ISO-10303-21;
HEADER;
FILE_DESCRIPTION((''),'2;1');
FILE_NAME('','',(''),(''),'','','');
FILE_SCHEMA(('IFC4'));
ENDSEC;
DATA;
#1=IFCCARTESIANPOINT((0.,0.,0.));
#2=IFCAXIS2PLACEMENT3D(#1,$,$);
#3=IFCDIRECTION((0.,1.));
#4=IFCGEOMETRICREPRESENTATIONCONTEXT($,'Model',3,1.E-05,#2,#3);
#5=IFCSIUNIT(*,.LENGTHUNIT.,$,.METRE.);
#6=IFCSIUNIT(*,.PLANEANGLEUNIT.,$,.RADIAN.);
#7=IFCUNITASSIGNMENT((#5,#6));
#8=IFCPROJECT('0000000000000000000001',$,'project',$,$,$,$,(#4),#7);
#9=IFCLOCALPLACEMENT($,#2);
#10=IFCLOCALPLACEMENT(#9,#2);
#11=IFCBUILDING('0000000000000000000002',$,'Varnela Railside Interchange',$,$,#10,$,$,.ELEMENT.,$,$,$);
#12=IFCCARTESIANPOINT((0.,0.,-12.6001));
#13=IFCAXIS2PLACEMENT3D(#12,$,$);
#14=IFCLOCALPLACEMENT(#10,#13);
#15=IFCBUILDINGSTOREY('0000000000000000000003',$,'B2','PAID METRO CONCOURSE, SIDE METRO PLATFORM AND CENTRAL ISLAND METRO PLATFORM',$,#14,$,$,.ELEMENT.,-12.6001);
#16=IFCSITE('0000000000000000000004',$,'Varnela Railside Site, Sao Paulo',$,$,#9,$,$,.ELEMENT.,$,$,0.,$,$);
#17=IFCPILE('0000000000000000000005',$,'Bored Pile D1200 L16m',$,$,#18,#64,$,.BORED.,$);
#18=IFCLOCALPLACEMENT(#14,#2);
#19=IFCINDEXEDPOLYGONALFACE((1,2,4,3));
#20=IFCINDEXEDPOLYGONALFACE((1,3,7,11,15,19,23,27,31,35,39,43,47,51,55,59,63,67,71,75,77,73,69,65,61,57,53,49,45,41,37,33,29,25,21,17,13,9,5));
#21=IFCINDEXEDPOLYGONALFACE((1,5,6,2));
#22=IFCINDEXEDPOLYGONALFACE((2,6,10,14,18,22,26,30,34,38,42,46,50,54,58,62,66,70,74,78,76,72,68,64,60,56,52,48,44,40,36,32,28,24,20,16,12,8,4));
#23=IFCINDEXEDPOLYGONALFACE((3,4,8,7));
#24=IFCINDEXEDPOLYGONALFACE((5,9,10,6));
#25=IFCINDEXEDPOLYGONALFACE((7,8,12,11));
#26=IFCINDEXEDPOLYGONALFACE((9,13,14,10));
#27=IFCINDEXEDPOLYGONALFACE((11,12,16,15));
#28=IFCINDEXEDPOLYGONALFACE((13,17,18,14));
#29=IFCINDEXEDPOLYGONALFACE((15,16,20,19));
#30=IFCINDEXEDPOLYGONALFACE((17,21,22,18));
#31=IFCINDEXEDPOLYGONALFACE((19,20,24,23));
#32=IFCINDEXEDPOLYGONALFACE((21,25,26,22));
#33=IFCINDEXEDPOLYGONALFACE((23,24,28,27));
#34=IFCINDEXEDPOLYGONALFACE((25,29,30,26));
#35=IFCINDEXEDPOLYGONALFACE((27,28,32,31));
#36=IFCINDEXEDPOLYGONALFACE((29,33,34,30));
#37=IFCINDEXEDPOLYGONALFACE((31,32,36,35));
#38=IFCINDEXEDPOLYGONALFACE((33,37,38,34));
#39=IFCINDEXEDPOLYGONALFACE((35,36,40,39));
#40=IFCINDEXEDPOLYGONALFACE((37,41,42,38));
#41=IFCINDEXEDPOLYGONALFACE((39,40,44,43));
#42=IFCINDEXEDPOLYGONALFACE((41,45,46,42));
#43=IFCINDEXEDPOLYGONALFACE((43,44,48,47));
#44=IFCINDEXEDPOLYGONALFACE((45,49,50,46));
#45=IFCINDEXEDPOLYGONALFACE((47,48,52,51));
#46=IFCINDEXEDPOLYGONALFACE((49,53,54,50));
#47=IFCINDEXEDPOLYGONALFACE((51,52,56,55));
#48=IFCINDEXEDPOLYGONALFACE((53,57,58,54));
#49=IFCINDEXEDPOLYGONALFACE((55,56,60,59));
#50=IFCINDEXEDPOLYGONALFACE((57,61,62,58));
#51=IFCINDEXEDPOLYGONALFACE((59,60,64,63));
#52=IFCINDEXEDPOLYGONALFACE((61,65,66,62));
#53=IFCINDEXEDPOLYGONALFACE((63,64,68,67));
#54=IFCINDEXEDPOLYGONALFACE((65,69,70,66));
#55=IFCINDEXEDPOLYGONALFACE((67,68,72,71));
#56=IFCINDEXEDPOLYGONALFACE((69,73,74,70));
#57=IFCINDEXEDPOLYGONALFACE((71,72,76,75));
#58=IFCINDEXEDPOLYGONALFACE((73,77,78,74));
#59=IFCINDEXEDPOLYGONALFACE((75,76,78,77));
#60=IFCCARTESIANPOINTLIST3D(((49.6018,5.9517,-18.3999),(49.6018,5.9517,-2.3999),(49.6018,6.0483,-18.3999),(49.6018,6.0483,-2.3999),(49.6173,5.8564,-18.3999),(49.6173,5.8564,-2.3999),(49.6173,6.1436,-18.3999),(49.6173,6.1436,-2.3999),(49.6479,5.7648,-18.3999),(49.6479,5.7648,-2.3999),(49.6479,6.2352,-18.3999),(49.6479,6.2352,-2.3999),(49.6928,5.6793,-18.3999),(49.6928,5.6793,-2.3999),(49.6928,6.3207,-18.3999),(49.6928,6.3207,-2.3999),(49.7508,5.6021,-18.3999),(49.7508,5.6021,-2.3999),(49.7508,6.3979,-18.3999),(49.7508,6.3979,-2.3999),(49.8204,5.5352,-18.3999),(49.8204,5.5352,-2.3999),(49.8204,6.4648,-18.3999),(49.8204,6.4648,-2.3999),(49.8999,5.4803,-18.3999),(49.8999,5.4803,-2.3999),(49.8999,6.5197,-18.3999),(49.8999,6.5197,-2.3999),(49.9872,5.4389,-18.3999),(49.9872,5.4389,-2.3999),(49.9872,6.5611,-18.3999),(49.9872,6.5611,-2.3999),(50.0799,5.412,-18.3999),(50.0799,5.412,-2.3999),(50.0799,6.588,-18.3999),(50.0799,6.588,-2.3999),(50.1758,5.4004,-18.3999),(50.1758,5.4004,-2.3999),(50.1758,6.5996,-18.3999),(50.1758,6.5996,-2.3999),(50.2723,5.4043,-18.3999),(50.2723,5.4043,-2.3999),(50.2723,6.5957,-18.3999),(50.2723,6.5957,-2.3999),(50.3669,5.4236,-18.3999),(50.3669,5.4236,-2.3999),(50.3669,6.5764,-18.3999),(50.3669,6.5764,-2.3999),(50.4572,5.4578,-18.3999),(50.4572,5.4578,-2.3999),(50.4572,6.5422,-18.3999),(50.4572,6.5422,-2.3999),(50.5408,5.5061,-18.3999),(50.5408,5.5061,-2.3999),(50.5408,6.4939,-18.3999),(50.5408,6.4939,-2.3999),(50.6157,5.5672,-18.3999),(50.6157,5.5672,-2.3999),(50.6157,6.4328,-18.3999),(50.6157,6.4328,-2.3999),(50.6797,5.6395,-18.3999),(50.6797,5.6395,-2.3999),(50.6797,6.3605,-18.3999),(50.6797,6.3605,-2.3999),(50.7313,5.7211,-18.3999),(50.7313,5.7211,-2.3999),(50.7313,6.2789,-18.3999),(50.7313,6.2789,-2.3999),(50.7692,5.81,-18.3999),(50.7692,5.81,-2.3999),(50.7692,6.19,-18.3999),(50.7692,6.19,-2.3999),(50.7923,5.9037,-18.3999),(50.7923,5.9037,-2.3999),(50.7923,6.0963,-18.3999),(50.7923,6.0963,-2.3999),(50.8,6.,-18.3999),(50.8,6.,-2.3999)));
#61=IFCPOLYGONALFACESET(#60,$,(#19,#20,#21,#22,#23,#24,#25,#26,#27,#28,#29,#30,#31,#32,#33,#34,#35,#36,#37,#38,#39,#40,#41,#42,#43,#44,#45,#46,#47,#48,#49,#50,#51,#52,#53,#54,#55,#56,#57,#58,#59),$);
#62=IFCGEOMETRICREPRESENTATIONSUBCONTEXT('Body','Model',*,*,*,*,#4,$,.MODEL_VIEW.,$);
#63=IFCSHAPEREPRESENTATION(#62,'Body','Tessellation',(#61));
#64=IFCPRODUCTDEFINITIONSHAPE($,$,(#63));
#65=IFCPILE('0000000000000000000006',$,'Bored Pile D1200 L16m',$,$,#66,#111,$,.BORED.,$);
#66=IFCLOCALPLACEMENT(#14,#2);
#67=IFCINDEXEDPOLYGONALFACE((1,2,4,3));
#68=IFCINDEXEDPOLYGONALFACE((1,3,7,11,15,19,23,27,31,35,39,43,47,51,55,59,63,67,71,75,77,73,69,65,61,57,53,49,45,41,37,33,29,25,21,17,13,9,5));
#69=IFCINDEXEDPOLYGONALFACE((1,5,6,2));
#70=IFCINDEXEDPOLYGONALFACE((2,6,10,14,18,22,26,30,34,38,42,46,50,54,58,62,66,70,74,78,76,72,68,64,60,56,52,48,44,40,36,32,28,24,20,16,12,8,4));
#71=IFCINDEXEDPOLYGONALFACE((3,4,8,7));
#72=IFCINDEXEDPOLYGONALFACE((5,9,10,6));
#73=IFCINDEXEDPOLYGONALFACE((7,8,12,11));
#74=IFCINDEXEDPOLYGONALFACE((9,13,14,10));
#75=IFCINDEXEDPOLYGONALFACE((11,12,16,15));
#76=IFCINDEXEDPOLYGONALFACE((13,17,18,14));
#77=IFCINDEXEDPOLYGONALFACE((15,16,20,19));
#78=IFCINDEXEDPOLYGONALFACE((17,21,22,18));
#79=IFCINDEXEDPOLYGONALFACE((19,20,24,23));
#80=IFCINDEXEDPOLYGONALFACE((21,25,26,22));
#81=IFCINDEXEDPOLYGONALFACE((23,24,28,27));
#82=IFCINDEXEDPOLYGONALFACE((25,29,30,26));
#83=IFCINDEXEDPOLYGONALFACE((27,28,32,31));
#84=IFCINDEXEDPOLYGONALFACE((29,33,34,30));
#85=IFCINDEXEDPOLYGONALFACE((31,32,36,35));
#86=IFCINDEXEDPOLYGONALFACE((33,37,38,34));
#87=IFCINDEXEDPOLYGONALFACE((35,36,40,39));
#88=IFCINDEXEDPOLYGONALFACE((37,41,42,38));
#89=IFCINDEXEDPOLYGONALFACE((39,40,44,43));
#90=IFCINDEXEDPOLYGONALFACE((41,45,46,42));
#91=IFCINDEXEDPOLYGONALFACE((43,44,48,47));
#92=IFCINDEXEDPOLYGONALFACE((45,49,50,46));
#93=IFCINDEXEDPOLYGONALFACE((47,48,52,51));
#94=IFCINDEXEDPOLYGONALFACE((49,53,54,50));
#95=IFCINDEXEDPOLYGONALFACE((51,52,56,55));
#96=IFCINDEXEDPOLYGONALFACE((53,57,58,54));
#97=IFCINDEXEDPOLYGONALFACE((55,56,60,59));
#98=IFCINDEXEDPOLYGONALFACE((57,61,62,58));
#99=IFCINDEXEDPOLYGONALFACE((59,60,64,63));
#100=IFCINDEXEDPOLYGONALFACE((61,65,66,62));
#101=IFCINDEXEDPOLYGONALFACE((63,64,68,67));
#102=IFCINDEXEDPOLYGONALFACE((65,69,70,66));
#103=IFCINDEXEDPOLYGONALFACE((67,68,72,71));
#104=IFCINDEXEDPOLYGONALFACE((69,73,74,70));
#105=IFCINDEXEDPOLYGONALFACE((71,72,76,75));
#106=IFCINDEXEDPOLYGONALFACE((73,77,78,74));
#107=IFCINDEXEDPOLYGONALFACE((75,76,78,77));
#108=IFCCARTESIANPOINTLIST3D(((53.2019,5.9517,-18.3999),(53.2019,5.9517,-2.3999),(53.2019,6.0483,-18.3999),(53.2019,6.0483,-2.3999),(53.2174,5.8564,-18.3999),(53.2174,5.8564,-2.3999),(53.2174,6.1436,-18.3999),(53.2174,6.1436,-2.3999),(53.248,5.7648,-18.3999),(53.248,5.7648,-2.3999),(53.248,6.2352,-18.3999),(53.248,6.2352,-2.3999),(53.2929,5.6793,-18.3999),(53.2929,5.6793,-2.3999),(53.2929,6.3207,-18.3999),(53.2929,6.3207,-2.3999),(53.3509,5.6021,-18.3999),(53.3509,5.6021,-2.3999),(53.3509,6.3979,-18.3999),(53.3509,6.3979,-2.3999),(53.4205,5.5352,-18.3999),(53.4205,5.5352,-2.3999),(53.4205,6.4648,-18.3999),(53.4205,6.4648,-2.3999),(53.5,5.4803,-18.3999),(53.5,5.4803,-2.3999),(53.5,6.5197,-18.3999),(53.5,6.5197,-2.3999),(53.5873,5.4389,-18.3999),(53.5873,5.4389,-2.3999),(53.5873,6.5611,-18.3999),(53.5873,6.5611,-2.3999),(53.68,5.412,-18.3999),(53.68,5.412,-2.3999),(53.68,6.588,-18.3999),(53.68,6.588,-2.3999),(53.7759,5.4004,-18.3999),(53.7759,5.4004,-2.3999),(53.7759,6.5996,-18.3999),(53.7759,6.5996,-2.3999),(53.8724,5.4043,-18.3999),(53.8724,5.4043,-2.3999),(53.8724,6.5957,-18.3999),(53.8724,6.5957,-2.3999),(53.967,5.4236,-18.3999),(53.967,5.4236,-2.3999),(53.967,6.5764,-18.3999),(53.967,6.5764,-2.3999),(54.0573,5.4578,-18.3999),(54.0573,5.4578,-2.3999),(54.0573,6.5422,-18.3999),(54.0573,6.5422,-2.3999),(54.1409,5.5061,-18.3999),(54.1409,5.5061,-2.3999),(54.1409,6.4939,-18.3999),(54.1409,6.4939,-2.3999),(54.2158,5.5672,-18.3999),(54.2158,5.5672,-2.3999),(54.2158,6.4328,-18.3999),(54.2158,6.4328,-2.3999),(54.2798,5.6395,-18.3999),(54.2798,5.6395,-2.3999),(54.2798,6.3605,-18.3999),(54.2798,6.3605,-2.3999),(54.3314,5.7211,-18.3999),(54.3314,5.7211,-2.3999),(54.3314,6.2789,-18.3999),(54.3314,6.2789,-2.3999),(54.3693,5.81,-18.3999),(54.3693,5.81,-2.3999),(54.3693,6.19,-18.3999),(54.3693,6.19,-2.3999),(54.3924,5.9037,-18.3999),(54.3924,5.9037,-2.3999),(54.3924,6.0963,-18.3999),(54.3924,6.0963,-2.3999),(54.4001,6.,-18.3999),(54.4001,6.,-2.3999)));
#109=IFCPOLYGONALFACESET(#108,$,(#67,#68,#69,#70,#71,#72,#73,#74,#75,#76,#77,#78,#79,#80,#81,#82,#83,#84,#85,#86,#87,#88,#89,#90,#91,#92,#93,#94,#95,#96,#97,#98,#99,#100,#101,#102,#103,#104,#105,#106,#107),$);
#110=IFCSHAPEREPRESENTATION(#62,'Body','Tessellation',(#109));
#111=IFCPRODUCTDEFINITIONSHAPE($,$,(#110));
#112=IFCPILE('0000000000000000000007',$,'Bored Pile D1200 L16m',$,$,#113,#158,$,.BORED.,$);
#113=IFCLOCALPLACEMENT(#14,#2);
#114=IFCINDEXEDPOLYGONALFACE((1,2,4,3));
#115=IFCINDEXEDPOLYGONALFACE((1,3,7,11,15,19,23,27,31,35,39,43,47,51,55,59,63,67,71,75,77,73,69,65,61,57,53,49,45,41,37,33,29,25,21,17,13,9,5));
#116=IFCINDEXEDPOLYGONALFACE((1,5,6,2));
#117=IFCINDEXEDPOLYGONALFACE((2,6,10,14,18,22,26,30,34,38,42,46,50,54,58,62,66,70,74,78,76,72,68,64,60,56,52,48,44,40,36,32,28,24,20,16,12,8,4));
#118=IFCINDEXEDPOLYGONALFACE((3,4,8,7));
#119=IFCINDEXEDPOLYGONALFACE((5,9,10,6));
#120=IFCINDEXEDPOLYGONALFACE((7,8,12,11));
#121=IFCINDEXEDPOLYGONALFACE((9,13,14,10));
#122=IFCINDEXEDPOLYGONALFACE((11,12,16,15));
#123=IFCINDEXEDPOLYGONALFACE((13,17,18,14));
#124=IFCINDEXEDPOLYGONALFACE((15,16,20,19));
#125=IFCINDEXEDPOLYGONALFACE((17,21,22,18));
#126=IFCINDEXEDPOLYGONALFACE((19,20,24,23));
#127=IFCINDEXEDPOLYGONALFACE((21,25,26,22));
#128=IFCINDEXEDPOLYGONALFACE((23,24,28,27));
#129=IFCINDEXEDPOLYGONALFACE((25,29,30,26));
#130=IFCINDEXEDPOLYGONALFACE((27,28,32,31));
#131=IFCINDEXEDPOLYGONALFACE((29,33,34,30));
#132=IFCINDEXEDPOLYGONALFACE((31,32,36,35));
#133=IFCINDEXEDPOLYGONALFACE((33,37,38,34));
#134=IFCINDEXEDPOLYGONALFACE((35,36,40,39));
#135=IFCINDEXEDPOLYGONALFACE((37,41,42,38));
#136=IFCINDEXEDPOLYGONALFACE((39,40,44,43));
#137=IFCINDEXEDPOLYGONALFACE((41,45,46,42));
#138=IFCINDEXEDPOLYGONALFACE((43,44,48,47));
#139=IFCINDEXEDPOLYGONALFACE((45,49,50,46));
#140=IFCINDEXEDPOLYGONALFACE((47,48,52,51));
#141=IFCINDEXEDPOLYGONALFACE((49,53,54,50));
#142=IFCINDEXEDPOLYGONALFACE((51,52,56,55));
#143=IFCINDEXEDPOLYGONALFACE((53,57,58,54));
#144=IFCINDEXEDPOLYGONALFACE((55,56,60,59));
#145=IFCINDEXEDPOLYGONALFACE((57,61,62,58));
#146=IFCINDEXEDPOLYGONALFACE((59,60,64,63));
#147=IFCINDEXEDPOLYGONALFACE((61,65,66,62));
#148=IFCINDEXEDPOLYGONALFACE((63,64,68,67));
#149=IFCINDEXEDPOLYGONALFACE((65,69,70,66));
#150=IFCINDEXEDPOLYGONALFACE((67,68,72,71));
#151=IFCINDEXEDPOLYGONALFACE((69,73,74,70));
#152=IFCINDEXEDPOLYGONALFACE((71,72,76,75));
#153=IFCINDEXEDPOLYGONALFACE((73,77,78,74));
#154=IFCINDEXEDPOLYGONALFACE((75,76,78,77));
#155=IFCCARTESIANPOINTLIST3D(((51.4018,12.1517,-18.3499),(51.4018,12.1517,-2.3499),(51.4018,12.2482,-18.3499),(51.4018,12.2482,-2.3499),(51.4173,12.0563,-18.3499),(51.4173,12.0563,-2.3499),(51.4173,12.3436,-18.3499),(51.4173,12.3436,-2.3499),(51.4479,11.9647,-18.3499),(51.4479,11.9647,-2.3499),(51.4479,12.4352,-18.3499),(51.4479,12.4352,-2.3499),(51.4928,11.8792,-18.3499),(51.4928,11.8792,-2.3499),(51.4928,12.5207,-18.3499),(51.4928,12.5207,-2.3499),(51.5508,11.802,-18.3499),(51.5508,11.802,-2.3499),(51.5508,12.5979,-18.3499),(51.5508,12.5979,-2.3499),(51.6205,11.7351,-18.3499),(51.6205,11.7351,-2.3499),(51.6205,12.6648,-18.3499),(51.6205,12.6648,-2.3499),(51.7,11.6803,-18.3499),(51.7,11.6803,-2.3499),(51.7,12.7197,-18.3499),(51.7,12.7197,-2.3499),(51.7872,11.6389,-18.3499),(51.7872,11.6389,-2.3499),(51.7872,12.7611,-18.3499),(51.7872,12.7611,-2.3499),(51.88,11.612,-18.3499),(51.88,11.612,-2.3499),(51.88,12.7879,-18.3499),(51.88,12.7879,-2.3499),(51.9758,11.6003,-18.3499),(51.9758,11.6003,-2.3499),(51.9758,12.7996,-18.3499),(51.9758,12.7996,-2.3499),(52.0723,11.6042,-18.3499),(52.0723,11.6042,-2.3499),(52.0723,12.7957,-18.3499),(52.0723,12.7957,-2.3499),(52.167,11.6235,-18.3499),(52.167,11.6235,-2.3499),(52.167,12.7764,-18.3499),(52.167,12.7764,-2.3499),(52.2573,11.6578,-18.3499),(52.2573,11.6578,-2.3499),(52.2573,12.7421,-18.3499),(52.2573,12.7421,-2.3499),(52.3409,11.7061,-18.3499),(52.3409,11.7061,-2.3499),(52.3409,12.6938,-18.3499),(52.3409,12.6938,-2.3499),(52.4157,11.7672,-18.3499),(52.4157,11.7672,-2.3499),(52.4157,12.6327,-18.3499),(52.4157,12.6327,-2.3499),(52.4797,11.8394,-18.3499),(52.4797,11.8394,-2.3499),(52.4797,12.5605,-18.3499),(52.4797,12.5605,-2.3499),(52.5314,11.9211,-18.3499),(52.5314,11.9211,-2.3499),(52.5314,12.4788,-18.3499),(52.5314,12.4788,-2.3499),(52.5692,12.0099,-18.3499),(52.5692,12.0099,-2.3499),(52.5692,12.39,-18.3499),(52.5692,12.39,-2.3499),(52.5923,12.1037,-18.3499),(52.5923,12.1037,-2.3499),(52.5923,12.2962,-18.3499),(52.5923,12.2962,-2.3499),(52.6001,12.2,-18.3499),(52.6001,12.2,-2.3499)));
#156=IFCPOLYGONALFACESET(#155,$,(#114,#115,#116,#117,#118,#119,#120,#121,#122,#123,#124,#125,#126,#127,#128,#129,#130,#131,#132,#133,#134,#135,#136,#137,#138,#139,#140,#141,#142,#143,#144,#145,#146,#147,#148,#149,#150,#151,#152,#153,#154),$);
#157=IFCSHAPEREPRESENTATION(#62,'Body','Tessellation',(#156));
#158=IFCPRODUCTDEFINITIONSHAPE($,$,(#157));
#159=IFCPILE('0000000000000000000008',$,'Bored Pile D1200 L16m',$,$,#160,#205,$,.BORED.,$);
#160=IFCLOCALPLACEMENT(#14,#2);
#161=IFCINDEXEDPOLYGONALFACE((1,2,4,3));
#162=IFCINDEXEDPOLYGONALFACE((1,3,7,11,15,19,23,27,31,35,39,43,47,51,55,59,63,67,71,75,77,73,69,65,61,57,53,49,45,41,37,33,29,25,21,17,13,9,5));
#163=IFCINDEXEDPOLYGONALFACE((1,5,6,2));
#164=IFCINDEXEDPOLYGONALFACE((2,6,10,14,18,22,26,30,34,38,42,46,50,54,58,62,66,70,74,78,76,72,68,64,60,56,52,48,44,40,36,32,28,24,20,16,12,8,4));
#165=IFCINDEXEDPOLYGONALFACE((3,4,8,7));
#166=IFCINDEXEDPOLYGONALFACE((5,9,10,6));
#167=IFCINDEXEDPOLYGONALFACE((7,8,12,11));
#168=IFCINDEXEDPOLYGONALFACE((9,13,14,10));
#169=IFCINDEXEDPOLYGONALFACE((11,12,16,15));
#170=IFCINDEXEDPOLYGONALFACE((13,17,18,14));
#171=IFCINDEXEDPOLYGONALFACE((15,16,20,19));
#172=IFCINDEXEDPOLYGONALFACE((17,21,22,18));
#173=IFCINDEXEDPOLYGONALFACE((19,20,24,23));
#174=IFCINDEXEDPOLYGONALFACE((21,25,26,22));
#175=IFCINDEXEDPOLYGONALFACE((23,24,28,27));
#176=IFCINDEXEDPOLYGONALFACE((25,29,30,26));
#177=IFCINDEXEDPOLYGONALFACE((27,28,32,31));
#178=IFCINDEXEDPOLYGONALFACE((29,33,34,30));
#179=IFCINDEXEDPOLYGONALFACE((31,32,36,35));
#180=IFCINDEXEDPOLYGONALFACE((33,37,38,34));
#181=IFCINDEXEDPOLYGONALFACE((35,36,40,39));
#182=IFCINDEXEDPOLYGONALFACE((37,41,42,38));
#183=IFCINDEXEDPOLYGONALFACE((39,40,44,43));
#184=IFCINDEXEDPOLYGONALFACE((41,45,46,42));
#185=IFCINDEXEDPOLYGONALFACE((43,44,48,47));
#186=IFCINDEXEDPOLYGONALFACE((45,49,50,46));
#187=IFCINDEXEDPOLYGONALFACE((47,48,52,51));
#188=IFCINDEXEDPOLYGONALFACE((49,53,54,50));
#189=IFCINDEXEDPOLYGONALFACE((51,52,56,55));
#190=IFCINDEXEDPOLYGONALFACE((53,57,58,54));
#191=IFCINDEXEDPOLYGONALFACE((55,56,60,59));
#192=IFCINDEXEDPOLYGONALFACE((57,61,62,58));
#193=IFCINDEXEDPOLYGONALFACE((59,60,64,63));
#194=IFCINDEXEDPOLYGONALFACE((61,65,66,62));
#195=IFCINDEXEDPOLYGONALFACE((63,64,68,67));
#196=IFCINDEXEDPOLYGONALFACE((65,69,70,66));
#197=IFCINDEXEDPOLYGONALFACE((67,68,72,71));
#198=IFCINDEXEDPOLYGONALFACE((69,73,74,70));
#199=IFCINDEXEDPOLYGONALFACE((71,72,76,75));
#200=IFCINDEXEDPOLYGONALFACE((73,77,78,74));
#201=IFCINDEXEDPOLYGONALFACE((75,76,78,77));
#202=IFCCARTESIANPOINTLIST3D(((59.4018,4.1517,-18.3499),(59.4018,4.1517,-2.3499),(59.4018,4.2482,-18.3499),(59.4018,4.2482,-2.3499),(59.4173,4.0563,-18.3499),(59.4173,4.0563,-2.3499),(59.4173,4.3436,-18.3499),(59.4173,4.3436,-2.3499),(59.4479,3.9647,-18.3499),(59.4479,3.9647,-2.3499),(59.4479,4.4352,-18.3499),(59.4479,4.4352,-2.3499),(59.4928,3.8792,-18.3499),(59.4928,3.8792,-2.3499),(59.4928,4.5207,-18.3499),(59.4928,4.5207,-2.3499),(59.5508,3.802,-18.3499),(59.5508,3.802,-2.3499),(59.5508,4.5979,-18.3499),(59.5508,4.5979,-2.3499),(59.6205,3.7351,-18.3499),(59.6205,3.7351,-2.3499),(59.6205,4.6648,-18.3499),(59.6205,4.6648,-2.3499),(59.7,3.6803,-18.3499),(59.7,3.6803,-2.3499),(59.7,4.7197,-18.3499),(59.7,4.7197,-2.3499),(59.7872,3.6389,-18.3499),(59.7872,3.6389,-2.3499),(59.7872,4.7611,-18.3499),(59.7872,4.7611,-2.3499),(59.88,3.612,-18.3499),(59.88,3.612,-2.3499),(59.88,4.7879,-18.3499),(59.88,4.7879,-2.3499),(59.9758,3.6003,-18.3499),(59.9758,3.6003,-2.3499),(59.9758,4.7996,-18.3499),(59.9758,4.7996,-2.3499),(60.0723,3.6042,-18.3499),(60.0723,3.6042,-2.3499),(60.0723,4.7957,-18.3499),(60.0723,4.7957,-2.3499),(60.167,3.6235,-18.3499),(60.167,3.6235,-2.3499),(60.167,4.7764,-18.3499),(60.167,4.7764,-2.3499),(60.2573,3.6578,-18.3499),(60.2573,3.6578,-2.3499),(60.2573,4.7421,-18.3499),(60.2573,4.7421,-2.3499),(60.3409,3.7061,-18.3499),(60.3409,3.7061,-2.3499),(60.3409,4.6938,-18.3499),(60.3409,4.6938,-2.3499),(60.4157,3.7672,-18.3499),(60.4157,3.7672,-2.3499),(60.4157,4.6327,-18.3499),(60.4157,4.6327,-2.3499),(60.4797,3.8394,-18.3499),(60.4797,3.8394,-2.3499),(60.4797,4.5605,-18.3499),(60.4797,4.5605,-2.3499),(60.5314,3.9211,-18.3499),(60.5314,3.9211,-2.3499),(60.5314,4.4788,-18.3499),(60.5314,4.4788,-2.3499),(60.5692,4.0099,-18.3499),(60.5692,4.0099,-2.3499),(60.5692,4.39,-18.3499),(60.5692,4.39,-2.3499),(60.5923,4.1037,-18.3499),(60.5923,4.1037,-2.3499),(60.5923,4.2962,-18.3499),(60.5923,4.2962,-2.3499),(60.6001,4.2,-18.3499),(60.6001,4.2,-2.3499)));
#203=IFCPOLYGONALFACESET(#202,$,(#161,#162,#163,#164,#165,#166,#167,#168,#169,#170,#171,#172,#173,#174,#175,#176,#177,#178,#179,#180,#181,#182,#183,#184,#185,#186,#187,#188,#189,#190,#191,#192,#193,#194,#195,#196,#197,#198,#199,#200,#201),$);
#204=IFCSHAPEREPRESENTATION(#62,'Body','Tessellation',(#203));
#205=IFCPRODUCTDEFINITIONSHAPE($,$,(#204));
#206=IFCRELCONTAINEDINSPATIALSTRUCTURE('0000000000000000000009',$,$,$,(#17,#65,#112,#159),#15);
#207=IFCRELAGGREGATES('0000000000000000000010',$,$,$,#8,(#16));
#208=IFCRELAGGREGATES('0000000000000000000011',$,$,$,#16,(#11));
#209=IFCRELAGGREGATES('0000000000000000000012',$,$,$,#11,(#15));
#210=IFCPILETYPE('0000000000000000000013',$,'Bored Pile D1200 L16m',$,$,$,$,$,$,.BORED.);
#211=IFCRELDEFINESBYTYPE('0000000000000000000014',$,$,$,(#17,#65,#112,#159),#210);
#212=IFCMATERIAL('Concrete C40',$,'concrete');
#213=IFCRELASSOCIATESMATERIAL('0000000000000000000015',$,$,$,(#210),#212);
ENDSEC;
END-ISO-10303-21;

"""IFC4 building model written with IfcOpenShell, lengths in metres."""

from ifc_helpers import new_model, si_unit, direction, frame, origin, origin_2d, place, context, subcontext, project, spatial, circle, extrude, material, material_profile, profile_set, type_object, element, save


model = new_model("IFC4")

# Units and contexts
model_context = context("Model", 3, precision=1e-05, world=origin(), true_north=direction((0.0, 1.0)))
body_context = subcontext(model_context, "Body", "Model", "MODEL_VIEW")
ifc_project = project(units=[si_unit("LENGTHUNIT", "METRE"), si_unit("PLANEANGLEUNIT", "RADIAN")], contexts=[model_context])

# Site, building, storey
site_placement = place(None, origin())
site = spatial("IfcSite", under=ifc_project, at=site_placement, Name="Varnela Railside Site, Sao Paulo", CompositionType="ELEMENT", RefElevation=0.0)
building_placement = place(site_placement, origin())
building = spatial("IfcBuilding", under=site, at=building_placement, Name="Varnela Railside Interchange", CompositionType="ELEMENT")
storey_placement = place(building_placement, frame((0.0, 0.0, -12.6001)))
storey = spatial("IfcBuildingStorey", under=building, at=storey_placement, Name="B2", Description="PAID METRO CONCOURSE, SIDE METRO PLATFORM AND CENTRAL ISLAND METRO PLATFORM", CompositionType="ELEMENT", Elevation=-12.6001)

# Piles
ifc_material_1 = material(Name="Concrete C40", Category="concrete")
ifc_material_profile_1 = material_profile(ifc_material_1, circle(Radius=0.6001, at=origin_2d()), Name="BORED PILE D1200")
ifc_profile_set_1 = profile_set([ifc_material_profile_1], Name="Concrete C40")
pile_type = type_object("IfcPileType", Name="Bored Pile D1200 L16m", PredefinedType="BORED", material=ifc_profile_set_1)
for number, where, z_axis, x_axis, name in (
    (1, (50.2, 6.0, -2.3999), (0.0, 0.0, -1.0), (1.0, 0.0, 0.0), "Bored Pile D1200 L16m"),
    (2, (53.8, 6.0, -2.3999), (0.0, 0.0, -1.0), (1.0, 0.0, 0.0), "Bored Pile D1200 L16m"),
    (3, (52.0, 12.2, -2.3499), (0.0, 0.0, -1.0), (1.0, 0.0, 0.0), "Bored Pile D1200 L16m"),
    (4, (60.0, 4.2, -2.3499), (0.0, 0.0, -1.0), (1.0, 0.0, 0.0), "Bored Pile D1200 L16m"),
):
    element("IfcPile", number, at=place(storey_placement, frame(where, z_axis=z_axis, x_axis=x_axis)), inside=storey, type_object=pile_type, Name=name, PredefinedType="BORED", context=body_context, shape_type="SweptSolid", body=[
        extrude(circle(Radius=0.6001, at=origin_2d()), origin(), (0.0, 0.0, 1.0), 16.0),
    ])

save(model, "model.ifc")
